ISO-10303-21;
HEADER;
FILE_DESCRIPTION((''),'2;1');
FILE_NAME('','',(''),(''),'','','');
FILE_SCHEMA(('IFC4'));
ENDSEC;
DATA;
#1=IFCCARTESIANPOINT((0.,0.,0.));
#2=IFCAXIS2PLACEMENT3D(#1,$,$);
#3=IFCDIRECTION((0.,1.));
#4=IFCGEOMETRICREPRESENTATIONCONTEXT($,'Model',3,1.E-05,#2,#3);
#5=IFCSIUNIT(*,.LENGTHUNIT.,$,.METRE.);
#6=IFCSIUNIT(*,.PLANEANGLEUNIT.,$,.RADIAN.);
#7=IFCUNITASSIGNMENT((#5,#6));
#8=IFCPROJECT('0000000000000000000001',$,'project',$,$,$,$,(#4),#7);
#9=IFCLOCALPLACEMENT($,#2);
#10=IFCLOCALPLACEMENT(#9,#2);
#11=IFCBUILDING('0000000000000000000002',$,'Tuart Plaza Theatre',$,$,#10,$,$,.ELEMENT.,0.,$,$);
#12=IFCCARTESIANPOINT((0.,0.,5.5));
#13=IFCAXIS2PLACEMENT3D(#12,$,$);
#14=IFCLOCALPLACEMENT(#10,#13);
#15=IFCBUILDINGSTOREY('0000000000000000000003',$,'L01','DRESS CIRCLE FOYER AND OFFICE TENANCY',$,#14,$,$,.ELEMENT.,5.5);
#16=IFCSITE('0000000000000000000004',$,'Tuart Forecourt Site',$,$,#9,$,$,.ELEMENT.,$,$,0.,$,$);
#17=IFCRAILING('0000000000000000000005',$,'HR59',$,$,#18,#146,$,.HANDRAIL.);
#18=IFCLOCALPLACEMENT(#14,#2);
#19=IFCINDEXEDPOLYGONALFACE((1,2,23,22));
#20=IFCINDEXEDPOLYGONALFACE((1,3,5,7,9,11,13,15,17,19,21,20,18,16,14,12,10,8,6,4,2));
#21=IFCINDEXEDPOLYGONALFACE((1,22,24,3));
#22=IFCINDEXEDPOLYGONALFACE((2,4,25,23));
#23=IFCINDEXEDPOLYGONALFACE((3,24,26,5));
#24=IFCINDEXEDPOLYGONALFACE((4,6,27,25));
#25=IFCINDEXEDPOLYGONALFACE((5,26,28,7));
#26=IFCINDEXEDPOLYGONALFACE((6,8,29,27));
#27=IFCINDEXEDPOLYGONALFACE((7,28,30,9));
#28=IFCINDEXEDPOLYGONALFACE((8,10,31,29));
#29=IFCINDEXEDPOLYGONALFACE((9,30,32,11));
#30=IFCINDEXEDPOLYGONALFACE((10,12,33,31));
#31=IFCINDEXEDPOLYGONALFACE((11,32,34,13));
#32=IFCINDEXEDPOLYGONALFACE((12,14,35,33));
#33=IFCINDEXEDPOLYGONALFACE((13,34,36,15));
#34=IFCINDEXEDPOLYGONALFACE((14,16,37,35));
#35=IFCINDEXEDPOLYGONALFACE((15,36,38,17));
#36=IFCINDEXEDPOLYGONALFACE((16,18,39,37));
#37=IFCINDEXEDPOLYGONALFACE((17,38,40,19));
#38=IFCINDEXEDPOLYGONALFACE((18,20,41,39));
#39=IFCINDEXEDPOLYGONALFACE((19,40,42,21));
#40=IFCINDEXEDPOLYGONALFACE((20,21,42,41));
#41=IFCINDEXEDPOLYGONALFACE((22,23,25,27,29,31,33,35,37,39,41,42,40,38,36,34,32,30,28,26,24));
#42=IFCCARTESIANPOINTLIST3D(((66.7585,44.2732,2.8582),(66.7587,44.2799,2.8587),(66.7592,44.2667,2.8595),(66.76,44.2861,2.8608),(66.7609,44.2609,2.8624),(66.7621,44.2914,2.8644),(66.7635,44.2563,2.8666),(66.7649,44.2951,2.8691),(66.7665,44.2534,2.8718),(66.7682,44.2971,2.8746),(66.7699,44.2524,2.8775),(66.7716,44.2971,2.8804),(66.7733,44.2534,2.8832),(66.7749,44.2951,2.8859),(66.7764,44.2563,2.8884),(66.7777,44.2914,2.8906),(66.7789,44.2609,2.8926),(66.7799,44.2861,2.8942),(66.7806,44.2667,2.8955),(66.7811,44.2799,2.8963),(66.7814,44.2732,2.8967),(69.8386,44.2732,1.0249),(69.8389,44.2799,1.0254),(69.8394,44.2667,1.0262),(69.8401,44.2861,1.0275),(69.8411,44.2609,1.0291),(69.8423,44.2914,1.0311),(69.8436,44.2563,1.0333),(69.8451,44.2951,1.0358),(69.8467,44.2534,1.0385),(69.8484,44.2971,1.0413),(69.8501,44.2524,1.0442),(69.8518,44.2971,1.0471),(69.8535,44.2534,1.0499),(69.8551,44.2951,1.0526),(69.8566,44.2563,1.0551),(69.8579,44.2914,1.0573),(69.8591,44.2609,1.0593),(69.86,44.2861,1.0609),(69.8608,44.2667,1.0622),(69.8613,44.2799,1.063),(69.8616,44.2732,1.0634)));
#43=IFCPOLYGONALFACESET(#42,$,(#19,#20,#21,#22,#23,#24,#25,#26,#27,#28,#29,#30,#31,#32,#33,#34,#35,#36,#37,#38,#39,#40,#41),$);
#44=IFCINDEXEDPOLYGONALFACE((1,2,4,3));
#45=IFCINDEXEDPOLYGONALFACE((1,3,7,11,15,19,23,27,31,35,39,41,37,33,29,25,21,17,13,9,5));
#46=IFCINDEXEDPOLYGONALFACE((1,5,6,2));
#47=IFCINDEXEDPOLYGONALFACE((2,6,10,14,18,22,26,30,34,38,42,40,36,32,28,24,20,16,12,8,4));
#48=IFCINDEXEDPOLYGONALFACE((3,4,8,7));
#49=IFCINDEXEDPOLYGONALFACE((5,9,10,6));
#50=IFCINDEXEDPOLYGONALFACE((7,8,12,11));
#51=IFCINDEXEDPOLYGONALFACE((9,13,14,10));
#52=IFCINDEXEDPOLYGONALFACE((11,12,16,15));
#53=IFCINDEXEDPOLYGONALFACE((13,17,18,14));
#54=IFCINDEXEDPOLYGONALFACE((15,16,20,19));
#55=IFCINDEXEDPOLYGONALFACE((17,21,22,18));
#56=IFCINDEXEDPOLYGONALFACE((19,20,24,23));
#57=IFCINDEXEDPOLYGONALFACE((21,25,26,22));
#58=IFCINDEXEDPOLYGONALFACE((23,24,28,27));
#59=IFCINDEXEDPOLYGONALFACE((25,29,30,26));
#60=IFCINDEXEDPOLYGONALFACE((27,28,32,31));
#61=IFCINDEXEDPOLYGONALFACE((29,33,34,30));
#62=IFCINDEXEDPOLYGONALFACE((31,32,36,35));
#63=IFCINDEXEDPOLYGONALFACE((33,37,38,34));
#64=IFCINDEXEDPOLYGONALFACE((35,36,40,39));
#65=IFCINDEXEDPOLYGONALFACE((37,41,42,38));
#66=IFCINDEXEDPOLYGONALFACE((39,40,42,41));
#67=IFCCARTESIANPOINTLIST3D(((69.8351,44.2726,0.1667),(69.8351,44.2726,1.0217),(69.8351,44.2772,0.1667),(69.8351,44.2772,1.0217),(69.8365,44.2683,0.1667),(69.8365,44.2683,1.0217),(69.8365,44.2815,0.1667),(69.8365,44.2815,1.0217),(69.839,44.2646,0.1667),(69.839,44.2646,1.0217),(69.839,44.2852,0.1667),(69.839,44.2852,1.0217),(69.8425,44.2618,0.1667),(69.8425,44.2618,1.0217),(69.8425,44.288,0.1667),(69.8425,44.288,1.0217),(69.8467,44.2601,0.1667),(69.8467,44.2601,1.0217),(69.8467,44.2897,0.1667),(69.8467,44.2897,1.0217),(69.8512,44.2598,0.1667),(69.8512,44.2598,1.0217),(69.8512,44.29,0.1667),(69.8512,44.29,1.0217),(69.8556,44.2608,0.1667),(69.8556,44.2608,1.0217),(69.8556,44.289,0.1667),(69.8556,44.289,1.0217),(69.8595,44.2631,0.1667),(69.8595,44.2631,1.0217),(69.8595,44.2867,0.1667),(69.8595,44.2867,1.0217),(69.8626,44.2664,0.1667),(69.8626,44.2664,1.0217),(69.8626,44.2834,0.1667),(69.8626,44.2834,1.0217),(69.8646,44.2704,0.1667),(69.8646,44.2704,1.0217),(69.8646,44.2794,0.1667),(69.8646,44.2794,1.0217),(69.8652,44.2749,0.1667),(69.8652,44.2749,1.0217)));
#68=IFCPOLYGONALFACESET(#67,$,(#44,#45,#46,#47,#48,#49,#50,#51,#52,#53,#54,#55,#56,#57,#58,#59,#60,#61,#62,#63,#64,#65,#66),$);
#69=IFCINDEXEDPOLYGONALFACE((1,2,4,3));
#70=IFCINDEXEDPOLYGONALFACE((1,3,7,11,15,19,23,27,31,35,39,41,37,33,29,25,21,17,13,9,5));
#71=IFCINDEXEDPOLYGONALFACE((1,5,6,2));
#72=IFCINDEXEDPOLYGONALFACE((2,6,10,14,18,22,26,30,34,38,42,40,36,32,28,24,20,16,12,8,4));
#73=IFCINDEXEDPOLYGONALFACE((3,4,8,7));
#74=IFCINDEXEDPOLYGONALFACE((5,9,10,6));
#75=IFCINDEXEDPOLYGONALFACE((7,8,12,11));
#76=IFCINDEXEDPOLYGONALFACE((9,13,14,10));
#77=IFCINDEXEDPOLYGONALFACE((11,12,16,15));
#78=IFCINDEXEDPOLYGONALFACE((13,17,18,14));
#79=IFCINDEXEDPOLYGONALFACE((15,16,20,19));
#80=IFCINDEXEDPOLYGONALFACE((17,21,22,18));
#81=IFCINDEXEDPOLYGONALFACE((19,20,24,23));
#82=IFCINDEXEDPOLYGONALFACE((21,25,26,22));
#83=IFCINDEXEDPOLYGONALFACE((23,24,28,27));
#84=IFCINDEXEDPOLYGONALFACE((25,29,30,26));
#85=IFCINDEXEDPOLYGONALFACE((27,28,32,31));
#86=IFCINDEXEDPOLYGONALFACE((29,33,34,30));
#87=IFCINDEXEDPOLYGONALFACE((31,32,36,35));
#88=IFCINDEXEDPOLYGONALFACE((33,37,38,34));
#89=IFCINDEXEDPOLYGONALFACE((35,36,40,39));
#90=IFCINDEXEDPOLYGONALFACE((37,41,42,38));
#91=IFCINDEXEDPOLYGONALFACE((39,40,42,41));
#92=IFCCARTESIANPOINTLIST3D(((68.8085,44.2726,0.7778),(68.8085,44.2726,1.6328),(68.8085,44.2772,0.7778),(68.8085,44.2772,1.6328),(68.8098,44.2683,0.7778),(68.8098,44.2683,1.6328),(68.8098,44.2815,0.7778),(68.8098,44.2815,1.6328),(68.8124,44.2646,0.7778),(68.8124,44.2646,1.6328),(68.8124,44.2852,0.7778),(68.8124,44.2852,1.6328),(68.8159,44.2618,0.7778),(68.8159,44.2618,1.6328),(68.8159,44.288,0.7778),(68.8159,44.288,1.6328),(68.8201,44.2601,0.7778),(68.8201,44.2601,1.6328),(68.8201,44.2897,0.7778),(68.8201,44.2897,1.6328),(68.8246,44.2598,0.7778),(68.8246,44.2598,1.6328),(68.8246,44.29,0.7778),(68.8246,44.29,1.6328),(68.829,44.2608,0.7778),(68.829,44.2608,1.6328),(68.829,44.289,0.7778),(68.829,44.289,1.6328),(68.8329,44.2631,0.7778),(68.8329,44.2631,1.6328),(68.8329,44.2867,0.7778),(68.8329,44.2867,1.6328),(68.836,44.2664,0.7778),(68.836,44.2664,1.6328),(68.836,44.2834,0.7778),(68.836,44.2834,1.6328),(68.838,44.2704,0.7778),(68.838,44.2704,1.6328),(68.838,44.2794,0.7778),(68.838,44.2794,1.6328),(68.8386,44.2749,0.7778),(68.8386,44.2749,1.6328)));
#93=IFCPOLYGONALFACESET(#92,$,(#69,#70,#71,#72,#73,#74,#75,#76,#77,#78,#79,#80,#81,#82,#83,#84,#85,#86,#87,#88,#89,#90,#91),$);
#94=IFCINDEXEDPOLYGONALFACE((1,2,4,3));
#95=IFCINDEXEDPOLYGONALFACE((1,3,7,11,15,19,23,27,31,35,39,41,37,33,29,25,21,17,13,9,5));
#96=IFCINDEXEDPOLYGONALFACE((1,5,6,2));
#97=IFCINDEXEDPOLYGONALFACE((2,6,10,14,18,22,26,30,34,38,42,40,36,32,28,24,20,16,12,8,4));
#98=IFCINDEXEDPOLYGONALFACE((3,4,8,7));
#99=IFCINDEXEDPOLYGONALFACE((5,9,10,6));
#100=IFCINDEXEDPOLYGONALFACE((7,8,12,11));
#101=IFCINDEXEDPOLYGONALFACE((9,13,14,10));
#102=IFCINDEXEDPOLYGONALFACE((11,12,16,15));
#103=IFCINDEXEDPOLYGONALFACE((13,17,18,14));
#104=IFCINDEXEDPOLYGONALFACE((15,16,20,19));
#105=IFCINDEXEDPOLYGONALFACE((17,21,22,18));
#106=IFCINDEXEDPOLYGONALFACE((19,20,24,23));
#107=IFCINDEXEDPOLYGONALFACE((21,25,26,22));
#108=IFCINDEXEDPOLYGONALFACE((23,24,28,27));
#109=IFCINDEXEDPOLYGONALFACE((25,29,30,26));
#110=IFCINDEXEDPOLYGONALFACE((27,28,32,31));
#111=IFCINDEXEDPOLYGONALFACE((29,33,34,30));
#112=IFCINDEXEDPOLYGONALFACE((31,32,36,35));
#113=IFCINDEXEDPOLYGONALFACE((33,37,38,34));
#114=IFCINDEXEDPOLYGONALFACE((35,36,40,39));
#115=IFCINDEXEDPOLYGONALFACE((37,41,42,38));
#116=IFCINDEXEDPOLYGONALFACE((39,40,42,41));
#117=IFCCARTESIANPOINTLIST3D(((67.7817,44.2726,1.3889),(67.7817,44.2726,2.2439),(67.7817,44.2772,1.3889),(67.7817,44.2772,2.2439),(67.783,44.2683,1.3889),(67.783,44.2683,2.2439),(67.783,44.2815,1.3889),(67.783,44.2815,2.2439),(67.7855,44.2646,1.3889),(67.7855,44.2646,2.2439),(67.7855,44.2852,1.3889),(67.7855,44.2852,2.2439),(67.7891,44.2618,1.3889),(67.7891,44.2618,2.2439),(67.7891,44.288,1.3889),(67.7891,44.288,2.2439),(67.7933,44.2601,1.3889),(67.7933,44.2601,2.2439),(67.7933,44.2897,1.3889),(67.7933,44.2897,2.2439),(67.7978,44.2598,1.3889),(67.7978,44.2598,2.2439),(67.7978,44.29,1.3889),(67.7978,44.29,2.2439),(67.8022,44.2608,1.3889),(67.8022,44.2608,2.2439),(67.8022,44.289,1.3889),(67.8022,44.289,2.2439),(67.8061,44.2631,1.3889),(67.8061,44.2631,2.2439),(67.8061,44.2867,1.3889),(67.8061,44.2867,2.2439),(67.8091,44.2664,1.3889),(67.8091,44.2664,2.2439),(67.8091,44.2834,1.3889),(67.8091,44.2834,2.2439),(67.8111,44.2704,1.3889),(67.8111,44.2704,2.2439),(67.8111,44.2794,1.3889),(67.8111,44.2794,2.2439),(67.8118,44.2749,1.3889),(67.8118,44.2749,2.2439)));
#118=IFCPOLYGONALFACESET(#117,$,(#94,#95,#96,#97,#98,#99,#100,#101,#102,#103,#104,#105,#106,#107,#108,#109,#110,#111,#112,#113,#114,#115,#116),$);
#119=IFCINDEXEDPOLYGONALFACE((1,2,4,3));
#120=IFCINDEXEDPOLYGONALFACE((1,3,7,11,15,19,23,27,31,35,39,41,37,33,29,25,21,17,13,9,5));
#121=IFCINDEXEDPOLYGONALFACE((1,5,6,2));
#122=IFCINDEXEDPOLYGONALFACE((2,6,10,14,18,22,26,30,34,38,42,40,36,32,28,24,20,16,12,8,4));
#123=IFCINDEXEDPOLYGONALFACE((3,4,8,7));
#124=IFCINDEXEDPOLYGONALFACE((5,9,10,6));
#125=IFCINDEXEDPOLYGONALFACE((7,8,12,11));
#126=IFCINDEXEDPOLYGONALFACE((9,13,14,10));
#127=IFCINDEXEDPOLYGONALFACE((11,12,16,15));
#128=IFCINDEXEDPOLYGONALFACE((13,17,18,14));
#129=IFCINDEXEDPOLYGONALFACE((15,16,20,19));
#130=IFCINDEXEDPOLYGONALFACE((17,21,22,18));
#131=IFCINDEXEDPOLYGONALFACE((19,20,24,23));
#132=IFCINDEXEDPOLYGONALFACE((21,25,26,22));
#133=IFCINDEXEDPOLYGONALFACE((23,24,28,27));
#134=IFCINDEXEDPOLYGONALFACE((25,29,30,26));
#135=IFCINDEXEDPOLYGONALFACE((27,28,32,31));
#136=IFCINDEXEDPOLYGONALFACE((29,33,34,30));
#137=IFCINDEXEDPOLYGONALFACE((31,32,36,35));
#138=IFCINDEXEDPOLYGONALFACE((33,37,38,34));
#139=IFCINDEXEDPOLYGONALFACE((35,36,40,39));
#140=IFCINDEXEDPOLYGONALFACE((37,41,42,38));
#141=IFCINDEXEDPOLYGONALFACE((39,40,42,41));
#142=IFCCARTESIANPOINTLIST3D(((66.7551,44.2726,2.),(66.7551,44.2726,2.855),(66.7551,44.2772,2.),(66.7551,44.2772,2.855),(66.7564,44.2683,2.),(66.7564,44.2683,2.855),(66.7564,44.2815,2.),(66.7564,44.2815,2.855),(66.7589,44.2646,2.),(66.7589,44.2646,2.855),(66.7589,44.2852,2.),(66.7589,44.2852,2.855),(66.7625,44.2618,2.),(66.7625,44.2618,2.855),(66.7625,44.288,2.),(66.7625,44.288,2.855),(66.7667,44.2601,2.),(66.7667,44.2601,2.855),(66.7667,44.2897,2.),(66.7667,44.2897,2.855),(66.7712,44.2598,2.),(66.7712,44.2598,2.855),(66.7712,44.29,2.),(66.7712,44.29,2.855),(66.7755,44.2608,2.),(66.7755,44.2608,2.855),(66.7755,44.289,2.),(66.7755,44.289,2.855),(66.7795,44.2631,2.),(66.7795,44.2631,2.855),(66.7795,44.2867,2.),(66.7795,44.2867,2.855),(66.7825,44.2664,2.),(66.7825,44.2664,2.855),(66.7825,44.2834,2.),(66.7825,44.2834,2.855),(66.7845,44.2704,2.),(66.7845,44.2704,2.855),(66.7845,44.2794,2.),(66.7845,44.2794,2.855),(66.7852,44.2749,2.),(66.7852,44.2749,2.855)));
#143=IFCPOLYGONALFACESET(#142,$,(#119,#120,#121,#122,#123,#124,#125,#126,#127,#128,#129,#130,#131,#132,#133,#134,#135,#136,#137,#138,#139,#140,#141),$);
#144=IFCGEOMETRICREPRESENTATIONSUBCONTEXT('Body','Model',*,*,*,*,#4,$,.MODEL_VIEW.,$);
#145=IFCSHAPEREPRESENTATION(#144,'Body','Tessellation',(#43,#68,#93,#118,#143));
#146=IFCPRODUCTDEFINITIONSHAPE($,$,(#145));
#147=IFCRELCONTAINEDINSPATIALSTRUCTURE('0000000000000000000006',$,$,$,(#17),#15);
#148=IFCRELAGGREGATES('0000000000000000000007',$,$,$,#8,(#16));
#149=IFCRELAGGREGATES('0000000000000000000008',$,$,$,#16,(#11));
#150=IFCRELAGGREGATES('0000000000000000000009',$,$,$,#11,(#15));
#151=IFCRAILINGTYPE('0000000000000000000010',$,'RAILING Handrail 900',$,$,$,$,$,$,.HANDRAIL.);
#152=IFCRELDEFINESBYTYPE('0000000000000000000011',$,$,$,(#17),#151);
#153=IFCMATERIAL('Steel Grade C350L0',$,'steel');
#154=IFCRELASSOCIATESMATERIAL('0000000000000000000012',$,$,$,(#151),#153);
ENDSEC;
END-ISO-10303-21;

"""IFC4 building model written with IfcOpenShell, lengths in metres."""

from ifc_helpers import new_model, si_unit, direction, frame, origin, origin_2d, place, context, subcontext, project, spatial, circle, extrude, material, type_object, element, save


model = new_model("IFC4")

# Units and contexts
model_context = context("Model", 3, precision=1e-05, world=origin(), true_north=direction((0.0, 1.0)))
body_context = subcontext(model_context, "Body", "Model", "MODEL_VIEW")
ifc_project = project(units=[si_unit("LENGTHUNIT", "METRE"), si_unit("PLANEANGLEUNIT", "RADIAN")], contexts=[model_context])

# Site, building, storey
site_placement = place(None, origin())
site = spatial("IfcSite", under=ifc_project, at=site_placement, Name="Tuart Forecourt Site", CompositionType="ELEMENT", RefElevation=0.0)
building_placement = place(site_placement, origin())
building = spatial("IfcBuilding", under=site, at=building_placement, Name="Tuart Plaza Theatre", CompositionType="ELEMENT", ElevationOfRefHeight=0.0)
storey_placement = place(building_placement, frame((0.0, 0.0, 5.5)))
storey = spatial("IfcBuildingStorey", under=building, at=storey_placement, Name="L01", Description="DRESS CIRCLE FOYER AND OFFICE TENANCY", CompositionType="ELEMENT", Elevation=5.5)

# Railing
ifc_material_1 = material(Name="Steel Grade C350L0", Category="steel")
railing_type_1 = type_object("IfcRailingType", Name="RAILING Handrail 900", PredefinedType="HANDRAIL", material=ifc_material_1)
for number, where, name in (
    (1, (69.8501, 44.2749, 0.1667), "HR59"),
):
    element("IfcRailing", number, at=place(storey_placement, frame(where)), inside=storey, type_object=railing_type_1, Name=name, PredefinedType="HANDRAIL", context=body_context, shape_type="SweptSolid", body=[
        extrude(circle(Radius=0.0225, at=origin_2d()), frame((0.0, 0.0, 0.8774), z_axis=(-0.859309, 0.0, 0.511458), x_axis=(0.0, -1.0, 0.0)), (0.0, 0.0, 1.0), 3.5845),
        extrude(circle(Radius=0.0151, at=origin_2d()), origin(), (0.0, 0.0, 1.0), 0.855),
        extrude(circle(Radius=0.0151, at=origin_2d()), frame((-1.0266, 0.0, 0.6111)), (0.0, 0.0, 1.0), 0.855),
        extrude(circle(Radius=0.0151, at=origin_2d()), frame((-2.0535, 0.0, 1.2222)), (0.0, 0.0, 1.0), 0.855),
        extrude(circle(Radius=0.0151, at=origin_2d()), frame((-3.0801, 0.0, 1.8333)), (0.0, 0.0, 1.0), 0.855),
    ])

save(model, "model.ifc")
